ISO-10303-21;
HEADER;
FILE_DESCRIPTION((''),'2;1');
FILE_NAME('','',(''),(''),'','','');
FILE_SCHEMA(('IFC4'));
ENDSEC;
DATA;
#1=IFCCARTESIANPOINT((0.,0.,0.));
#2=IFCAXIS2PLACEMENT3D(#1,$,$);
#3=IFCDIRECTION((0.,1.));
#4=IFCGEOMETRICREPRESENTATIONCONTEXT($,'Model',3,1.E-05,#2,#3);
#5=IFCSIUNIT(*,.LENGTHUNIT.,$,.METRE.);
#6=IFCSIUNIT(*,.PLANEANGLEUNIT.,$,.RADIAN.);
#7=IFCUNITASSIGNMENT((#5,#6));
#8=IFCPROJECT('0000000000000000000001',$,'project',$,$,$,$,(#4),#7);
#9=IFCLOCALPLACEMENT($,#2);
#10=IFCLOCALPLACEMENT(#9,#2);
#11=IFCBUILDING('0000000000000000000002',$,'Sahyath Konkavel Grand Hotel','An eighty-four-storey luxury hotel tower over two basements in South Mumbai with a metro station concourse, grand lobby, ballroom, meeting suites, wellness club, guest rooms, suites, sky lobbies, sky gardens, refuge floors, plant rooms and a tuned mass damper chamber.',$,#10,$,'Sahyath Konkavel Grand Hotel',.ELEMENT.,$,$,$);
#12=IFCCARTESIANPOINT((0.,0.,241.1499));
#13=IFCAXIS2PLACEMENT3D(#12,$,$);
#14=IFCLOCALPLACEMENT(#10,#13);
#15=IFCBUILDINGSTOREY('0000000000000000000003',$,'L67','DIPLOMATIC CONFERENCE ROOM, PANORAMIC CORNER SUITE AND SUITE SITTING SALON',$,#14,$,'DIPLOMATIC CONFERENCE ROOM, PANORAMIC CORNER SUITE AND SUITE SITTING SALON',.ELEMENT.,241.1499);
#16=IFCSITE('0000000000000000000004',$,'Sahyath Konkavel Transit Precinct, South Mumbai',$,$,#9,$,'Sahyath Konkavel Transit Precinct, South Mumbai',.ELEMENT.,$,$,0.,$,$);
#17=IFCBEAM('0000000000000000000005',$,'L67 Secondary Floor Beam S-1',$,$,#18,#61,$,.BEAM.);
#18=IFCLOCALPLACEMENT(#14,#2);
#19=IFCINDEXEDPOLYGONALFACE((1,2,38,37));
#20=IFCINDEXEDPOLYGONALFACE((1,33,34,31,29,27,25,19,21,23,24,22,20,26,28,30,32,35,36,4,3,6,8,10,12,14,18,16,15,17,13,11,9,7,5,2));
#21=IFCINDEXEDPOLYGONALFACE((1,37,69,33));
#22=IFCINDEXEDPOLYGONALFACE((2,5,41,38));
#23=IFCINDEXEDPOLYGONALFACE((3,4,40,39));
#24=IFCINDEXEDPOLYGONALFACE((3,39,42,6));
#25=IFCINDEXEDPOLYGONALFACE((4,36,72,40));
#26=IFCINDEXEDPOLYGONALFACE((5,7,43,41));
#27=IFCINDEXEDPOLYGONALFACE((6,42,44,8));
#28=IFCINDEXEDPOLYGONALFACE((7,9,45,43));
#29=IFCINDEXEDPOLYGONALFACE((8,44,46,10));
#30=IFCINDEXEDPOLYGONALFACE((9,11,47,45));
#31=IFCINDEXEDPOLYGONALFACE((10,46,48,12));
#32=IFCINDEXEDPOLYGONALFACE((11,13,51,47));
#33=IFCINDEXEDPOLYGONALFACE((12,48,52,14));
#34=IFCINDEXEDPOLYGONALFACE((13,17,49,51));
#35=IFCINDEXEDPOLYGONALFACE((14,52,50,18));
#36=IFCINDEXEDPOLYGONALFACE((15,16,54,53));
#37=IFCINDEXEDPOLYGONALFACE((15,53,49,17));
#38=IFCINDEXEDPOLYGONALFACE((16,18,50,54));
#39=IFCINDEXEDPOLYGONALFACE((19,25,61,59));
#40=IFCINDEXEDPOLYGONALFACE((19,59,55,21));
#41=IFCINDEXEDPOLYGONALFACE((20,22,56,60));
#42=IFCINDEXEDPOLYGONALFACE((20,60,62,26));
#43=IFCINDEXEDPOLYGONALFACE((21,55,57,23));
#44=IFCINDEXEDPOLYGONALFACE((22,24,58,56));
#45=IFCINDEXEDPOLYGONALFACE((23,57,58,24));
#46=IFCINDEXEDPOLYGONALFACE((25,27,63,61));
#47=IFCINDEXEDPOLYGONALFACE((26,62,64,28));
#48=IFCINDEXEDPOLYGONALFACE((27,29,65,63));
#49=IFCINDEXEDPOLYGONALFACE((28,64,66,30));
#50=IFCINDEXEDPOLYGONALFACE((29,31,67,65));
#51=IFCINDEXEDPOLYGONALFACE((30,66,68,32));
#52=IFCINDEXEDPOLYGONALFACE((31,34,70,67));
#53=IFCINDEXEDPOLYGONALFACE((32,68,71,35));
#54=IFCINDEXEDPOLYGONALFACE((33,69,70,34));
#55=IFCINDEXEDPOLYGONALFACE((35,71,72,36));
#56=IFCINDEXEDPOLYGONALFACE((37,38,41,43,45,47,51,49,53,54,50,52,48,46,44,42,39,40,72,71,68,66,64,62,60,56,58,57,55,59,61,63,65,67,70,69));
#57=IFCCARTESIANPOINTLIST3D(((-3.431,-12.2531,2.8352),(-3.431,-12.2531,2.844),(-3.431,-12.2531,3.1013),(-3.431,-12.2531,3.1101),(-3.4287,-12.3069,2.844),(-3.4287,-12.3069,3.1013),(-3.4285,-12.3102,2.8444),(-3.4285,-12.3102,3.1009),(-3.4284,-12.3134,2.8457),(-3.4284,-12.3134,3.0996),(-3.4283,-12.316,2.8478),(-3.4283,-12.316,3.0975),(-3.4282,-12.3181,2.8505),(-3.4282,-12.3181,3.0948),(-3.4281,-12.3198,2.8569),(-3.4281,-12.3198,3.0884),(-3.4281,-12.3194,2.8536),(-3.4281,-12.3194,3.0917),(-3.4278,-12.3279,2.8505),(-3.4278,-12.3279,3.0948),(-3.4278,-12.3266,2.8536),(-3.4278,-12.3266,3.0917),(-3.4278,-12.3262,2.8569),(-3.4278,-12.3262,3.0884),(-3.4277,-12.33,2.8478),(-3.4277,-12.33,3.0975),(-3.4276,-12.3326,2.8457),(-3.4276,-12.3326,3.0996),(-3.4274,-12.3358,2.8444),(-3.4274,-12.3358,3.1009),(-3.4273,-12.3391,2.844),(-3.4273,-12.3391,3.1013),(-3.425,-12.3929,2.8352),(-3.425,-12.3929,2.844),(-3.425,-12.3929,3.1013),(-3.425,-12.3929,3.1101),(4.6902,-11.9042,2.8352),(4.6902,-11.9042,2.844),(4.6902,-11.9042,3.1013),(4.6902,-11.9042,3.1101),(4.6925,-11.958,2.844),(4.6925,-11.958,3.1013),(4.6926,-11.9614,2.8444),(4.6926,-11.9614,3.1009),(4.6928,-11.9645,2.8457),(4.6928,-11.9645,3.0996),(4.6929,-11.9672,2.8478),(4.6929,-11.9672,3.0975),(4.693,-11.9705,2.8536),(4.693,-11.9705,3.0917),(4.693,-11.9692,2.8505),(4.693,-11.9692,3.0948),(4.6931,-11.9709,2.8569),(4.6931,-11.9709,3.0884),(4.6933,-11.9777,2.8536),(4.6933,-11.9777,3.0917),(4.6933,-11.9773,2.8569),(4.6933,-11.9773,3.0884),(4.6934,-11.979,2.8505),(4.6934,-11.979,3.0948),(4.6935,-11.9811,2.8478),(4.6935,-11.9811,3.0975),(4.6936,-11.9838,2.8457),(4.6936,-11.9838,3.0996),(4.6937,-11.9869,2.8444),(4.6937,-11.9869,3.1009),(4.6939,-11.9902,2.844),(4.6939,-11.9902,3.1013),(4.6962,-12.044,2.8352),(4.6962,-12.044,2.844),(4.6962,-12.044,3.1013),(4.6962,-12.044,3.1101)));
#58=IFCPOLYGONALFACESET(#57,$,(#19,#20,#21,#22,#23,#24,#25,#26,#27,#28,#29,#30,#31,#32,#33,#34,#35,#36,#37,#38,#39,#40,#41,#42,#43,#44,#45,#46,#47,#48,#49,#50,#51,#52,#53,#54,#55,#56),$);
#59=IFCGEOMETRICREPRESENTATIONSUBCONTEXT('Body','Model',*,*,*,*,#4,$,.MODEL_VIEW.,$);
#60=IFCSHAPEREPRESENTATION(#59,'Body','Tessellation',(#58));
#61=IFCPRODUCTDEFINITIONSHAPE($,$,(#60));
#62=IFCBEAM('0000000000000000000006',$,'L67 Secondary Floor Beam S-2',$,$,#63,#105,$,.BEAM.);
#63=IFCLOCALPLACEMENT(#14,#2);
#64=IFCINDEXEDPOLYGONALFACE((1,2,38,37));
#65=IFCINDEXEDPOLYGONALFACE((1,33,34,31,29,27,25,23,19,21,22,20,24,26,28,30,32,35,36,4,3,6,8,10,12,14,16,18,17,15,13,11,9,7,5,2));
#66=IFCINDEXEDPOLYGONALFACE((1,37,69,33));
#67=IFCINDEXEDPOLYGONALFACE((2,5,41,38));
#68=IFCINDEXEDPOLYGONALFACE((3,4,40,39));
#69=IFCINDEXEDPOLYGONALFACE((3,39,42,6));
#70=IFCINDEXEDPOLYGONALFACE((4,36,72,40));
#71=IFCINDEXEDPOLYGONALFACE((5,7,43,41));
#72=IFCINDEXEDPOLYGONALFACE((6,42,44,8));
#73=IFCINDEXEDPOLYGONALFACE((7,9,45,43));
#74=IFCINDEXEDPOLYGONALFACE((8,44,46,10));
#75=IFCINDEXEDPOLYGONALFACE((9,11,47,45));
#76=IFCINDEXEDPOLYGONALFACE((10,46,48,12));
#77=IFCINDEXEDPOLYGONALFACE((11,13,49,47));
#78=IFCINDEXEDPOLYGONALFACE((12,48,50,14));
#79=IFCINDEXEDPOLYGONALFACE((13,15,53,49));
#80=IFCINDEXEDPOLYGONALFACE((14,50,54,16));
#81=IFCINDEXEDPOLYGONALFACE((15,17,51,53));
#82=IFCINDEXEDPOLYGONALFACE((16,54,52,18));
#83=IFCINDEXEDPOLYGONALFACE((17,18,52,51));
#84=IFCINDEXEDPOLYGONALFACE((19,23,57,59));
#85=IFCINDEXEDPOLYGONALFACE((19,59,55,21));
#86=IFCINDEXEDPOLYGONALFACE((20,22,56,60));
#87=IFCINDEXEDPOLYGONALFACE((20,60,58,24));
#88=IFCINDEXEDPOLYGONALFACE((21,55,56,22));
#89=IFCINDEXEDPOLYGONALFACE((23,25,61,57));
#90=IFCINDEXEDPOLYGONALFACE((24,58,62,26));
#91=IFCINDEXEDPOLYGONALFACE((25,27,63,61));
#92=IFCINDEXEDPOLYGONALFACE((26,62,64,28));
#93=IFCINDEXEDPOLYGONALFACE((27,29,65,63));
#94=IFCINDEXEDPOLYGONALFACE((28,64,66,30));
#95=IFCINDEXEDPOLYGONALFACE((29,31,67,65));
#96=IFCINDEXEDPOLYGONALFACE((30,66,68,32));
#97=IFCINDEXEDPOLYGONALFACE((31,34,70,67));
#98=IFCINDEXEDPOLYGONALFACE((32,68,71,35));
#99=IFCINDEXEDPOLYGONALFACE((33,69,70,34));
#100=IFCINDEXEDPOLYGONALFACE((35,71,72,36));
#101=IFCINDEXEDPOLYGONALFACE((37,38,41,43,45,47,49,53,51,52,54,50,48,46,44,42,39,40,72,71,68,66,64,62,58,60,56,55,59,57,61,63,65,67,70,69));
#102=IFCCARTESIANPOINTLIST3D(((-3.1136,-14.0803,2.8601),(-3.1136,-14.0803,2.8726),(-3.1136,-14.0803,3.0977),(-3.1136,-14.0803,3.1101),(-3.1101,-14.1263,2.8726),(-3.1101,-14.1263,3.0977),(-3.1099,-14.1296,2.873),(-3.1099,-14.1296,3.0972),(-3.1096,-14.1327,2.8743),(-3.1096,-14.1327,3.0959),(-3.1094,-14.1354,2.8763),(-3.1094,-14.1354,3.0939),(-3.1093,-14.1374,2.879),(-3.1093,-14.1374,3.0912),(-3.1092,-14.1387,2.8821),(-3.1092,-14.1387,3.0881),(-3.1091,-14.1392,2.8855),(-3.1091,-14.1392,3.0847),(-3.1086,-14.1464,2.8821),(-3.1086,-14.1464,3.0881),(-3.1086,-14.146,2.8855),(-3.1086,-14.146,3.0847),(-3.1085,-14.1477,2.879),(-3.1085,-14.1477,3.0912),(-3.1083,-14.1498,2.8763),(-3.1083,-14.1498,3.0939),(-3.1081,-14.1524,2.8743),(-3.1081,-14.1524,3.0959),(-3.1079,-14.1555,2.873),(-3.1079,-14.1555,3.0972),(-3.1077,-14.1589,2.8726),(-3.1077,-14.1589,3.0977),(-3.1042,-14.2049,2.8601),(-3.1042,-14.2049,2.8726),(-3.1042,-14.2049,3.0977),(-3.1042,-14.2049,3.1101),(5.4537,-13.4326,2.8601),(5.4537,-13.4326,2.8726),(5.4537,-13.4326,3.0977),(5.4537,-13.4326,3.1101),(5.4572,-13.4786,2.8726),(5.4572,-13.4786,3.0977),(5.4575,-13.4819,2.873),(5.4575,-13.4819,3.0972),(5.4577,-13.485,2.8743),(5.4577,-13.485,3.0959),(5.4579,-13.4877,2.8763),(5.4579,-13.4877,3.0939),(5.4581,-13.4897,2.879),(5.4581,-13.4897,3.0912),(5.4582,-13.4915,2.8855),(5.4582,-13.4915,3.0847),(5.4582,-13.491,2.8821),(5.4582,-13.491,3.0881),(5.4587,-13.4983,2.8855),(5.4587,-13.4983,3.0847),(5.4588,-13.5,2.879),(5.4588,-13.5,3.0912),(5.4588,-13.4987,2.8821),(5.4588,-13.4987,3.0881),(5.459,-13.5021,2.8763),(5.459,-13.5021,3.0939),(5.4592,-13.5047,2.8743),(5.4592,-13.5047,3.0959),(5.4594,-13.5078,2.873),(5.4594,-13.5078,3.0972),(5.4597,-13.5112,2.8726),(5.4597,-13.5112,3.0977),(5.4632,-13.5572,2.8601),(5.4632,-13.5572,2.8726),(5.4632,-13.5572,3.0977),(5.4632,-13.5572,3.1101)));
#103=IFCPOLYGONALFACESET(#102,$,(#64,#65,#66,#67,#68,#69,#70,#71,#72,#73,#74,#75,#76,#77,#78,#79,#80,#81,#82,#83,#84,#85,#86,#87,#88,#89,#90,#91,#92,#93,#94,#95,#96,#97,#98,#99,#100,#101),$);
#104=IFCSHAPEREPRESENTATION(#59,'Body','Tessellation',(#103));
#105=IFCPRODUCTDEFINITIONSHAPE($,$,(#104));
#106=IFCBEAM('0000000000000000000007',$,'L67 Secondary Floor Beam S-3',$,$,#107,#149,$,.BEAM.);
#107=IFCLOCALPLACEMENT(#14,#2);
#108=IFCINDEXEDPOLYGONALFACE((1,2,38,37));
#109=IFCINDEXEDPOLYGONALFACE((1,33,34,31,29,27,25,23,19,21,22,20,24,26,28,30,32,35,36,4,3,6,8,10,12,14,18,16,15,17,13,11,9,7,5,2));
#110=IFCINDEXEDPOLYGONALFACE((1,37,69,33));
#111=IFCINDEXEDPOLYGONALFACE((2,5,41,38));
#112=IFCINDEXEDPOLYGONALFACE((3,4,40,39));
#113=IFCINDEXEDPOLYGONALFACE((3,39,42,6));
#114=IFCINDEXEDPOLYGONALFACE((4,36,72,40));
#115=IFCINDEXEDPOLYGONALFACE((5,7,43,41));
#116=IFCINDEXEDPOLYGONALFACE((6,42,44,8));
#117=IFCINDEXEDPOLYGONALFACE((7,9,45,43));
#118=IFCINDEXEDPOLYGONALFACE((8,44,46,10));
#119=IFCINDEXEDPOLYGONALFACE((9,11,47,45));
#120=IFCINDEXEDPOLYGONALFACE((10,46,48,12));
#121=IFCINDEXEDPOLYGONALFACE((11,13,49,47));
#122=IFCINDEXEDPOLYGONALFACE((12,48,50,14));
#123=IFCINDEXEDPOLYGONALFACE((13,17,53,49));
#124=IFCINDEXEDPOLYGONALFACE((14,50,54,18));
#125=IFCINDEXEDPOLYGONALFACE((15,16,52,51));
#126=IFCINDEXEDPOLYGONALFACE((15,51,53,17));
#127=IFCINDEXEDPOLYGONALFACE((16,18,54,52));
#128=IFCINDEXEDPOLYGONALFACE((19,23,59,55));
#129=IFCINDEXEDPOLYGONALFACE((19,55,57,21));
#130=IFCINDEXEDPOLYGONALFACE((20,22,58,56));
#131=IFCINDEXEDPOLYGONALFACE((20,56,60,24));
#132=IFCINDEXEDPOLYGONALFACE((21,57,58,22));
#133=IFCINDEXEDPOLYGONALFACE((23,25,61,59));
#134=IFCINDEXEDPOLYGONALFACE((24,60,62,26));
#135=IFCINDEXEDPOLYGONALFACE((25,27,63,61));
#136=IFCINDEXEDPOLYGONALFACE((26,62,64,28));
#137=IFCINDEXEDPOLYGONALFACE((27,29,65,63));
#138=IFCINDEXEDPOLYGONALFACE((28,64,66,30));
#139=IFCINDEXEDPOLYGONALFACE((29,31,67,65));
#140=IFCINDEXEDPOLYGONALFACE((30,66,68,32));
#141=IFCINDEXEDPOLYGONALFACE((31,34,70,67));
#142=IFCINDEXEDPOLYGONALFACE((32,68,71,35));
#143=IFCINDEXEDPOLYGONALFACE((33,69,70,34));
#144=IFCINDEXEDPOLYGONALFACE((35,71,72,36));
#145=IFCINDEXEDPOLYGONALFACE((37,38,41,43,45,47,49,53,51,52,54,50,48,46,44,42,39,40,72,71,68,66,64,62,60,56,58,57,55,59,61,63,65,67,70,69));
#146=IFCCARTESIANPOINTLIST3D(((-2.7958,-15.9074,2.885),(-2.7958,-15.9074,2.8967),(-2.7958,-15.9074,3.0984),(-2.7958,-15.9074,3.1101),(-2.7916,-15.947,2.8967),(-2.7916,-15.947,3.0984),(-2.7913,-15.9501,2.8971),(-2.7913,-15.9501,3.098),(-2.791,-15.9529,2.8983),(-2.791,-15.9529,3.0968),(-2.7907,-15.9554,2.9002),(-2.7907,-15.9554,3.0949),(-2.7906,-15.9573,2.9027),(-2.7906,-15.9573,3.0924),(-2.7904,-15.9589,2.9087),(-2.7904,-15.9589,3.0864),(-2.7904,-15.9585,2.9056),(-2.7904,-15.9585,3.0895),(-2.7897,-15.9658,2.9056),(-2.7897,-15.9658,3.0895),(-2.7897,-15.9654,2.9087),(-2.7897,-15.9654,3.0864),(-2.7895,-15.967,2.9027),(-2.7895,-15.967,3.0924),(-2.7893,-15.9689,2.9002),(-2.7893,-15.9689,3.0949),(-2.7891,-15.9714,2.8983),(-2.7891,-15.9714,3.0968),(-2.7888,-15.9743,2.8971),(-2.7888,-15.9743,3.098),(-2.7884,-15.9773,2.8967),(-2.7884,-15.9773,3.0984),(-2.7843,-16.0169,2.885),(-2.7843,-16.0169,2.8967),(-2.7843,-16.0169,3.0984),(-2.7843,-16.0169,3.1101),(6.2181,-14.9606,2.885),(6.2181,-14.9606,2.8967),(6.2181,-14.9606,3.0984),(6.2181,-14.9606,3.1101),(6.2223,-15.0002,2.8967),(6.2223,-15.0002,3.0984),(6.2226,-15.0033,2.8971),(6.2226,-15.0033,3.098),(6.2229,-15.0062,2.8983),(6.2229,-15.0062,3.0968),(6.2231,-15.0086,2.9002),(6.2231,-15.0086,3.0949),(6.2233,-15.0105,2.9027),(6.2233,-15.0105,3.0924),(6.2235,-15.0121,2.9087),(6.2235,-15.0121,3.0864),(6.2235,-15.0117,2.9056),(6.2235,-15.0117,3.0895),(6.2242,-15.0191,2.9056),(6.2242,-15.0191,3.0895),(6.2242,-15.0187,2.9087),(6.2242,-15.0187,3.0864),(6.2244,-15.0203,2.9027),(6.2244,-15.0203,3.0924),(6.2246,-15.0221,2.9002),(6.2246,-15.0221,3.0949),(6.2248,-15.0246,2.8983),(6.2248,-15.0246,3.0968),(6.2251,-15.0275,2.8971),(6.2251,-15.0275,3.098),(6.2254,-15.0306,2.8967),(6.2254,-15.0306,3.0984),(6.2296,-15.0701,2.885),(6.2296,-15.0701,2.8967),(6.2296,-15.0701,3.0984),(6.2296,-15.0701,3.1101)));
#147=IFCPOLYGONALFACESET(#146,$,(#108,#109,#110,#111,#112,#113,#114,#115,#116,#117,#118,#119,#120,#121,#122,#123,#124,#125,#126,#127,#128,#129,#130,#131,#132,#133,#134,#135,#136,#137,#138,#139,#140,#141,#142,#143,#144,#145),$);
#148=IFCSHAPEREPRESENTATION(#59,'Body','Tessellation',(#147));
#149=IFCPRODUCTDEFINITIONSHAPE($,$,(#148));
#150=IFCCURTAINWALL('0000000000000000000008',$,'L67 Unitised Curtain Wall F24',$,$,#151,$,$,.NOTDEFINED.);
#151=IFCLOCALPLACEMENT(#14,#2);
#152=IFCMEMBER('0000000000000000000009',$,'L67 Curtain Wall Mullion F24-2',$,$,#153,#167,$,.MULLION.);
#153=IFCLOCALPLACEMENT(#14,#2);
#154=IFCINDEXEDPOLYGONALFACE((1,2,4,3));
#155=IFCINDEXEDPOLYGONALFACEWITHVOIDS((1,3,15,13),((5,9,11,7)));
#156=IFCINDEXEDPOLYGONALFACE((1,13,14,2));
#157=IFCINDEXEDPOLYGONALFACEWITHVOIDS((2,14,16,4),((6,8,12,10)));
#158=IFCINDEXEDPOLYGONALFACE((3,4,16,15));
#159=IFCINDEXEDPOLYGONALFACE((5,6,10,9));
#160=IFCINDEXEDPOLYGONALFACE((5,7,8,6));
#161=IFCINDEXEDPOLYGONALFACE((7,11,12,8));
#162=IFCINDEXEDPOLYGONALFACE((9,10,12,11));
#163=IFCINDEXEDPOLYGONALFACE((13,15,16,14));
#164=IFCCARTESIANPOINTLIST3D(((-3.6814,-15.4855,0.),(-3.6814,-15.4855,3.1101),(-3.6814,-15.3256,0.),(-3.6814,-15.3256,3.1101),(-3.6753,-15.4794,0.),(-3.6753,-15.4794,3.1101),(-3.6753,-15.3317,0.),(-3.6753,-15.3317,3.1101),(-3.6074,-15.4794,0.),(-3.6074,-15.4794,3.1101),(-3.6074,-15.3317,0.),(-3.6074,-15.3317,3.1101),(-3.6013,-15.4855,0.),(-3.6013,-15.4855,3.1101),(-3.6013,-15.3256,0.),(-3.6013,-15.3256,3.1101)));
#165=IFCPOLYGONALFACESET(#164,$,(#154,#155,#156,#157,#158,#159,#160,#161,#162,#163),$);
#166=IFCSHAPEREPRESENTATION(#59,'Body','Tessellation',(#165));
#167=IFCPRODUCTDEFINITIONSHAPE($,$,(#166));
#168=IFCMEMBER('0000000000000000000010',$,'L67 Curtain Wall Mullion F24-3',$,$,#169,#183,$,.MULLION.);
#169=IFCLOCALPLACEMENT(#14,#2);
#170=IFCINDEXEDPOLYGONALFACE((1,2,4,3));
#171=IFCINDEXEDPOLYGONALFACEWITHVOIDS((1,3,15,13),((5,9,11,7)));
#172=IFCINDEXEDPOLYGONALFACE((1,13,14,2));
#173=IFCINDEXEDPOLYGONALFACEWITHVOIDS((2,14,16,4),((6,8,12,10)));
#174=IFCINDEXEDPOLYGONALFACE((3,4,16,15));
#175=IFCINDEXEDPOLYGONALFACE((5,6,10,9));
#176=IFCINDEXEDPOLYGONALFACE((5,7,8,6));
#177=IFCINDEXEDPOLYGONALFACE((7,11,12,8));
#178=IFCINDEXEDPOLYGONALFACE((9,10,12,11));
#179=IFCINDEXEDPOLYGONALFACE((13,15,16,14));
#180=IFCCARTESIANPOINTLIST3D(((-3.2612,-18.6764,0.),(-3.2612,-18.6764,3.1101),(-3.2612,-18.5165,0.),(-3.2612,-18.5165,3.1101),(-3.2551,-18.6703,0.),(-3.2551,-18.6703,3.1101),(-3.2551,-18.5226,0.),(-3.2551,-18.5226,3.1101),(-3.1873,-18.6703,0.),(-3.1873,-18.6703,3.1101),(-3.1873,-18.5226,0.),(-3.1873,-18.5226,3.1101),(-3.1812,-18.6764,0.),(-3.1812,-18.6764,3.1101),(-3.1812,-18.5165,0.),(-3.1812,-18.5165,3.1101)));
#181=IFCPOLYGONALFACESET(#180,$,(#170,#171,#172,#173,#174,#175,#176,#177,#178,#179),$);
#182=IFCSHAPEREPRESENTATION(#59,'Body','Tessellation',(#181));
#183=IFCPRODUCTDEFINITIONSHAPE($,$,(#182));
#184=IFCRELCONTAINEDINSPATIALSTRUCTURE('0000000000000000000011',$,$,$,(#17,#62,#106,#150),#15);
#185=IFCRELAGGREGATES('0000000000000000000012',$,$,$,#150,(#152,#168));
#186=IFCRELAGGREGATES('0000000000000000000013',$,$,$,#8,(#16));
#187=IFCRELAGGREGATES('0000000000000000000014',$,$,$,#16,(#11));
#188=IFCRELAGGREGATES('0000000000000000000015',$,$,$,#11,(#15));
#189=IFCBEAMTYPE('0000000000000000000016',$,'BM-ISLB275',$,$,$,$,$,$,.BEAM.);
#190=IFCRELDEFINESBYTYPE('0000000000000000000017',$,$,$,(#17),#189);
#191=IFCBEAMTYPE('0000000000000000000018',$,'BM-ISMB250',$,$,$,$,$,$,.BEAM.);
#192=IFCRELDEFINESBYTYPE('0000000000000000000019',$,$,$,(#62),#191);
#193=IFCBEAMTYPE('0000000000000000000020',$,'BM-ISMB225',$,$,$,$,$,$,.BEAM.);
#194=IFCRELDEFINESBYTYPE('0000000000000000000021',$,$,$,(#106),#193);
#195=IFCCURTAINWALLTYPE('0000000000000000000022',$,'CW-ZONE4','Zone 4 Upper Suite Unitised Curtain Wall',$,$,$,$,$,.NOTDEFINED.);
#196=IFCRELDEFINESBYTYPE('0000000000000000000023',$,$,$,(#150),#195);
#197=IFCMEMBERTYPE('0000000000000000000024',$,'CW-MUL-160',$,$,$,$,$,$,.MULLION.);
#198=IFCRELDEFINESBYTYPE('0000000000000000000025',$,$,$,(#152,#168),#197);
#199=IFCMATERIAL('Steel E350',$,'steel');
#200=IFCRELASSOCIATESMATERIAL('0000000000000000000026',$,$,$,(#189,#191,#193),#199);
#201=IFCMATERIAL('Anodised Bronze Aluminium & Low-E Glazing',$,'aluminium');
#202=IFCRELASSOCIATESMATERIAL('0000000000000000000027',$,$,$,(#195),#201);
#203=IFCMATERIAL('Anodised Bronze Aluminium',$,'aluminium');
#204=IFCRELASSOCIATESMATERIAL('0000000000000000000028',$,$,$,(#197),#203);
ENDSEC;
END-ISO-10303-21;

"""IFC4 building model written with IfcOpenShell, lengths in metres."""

from ifc_helpers import new_model, si_unit, direction, frame, origin, origin_2d, place, context, subcontext, project, spatial, hollow_rectangle, i_section, extrude, source, transform, mapped, material, material_profile, profile_set, type_object, element, aggregate, save


model = new_model("IFC4")

# Units and contexts
model_context = context("Model", 3, precision=1e-05, world=origin(), true_north=direction((0.0, 1.0)))
body_context = subcontext(model_context, "Body", "Model", "MODEL_VIEW")
ifc_project = project(units=[si_unit("LENGTHUNIT", "METRE"), si_unit("PLANEANGLEUNIT", "RADIAN")], contexts=[model_context])

# Site, building, storey
site_placement = place(None, origin())
site = spatial("IfcSite", under=ifc_project, at=site_placement, Name="Sahyath Konkavel Transit Precinct, South Mumbai", LongName="Sahyath Konkavel Transit Precinct, South Mumbai", CompositionType="ELEMENT", RefElevation=0.0)
building_placement = place(site_placement, origin())
building = spatial("IfcBuilding", under=site, at=building_placement, Name="Sahyath Konkavel Grand Hotel", Description="An eighty-four-storey luxury hotel tower over two basements in South Mumbai with a metro station concourse, grand lobby, ballroom, meeting suites, wellness club, guest rooms, suites, sky lobbies, sky gardens, refuge floors, plant rooms and a tuned mass damper chamber.", LongName="Sahyath Konkavel Grand Hotel", CompositionType="ELEMENT")
storey_placement = place(building_placement, frame((0.0, 0.0, 241.1499)))
storey = spatial("IfcBuildingStorey", under=building, at=storey_placement, Name="L67", Description="DIPLOMATIC CONFERENCE ROOM, PANORAMIC CORNER SUITE AND SUITE SITTING SALON", LongName="DIPLOMATIC CONFERENCE ROOM, PANORAMIC CORNER SUITE AND SUITE SITTING SALON", CompositionType="ELEMENT", Elevation=241.1499)

# Beams
ifc_material_1 = material(Name="Steel E350", Category="steel")
ifc_material_profile_1 = material_profile(ifc_material_1, i_section(OverallWidth=0.1399, OverallDepth=0.2749, WebThickness=0.0063, FlangeThickness=0.0088, FilletRadius=0.0129, at=origin_2d()), Name="ISLB 275")
ifc_profile_set_1 = profile_set([ifc_material_profile_1], Name="Steel E350")
beam_type_1 = type_object("IfcBeamType", Name="BM-ISLB275", PredefinedType="BEAM", material=ifc_profile_set_1)
shared_shape_1 = source(origin(), body_context, "Body", "SweptSolid", [
    extrude(i_section(OverallWidth=0.1399, OverallDepth=0.2749, WebThickness=0.0063, FlangeThickness=0.0088, FilletRadius=0.0129, at=origin_2d()), origin(), (0.0, 0.0, 1.0), 8.1287),
])
beam_1_placement = place(storey_placement, frame((-3.428, -12.323, 2.9727), z_axis=(0.999079, 0.04292, 0.0), x_axis=(-0.04292, 0.999079, 0.0)))
element("IfcBeam", 1, at=beam_1_placement, inside=storey, type_object=beam_type_1, Name="L67 Secondary Floor Beam S-1", PredefinedType="BEAM", context=body_context, shape_type="MappedRepresentation", body=[
    mapped(shared_shape_1, transform((0.0, 0.0, 0.0), scale=1.0)),
])
ifc_material_profile_2 = material_profile(ifc_material_1, i_section(OverallWidth=0.125, OverallDepth=0.25, WebThickness=0.0068, FlangeThickness=0.0125, FilletRadius=0.0129, at=origin_2d()), Name="ISMB 250")
ifc_profile_set_2 = profile_set([ifc_material_profile_2], Name="Steel E350")
beam_type_2 = type_object("IfcBeamType", Name="BM-ISMB250", PredefinedType="BEAM", material=ifc_profile_set_2)
shared_shape_2 = source(origin(), body_context, "Body", "SweptSolid", [
    extrude(i_section(OverallWidth=0.125, OverallDepth=0.25, WebThickness=0.0068, FlangeThickness=0.0125, FilletRadius=0.0129, at=origin_2d()), origin(), (0.0, 0.0, 1.0), 8.5918),
])
beam_2_placement = place(storey_placement, frame((-3.1089, -14.1426, 2.9851), z_axis=(0.997154, 0.075386, 0.0), x_axis=(-0.075386, 0.997154, 0.0)))
element("IfcBeam", 2, at=beam_2_placement, inside=storey, type_object=beam_type_2, Name="L67 Secondary Floor Beam S-2", PredefinedType="BEAM", context=body_context, shape_type="MappedRepresentation", body=[
    mapped(shared_shape_2, transform((0.0, 0.0, 0.0), scale=1.0)),
])
ifc_material_profile_3 = material_profile(ifc_material_1, i_section(OverallWidth=0.1101, OverallDepth=0.2251, WebThickness=0.0066, FlangeThickness=0.0117, FilletRadius=0.012, at=origin_2d()), Name="ISMB 225")
ifc_profile_set_3 = profile_set([ifc_material_profile_3], Name="Steel E350")
beam_type_3 = type_object("IfcBeamType", Name="BM-ISMB225", PredefinedType="BEAM", material=ifc_profile_set_3)
shared_shape_3 = source(origin(), body_context, "Body", "SweptSolid", [
    extrude(i_section(OverallWidth=0.1101, OverallDepth=0.2251, WebThickness=0.0066, FlangeThickness=0.0117, FilletRadius=0.012, at=origin_2d()), origin(), (0.0, 0.0, 1.0), 9.0635),
])
beam_3_placement = place(storey_placement, frame((-2.79, -15.9622, 2.9976), z_axis=(0.994529, 0.10446, 0.0), x_axis=(-0.10446, 0.994529, 0.0)))
element("IfcBeam", 3, at=beam_3_placement, inside=storey, type_object=beam_type_3, Name="L67 Secondary Floor Beam S-3", PredefinedType="BEAM", context=body_context, shape_type="MappedRepresentation", body=[
    mapped(shared_shape_3, transform((0.0, 0.0, 0.0), scale=1.0)),
])

# Curtain wall, members
ifc_material_2 = material(Name="Anodised Bronze Aluminium & Low-E Glazing", Category="aluminium")
curtain_wall_type = type_object("IfcCurtainWallType", Name="CW-ZONE4", Description="Zone 4 Upper Suite Unitised Curtain Wall", PredefinedType="NOTDEFINED", material=ifc_material_2)
curtain_wall_1_placement = place(storey_placement, origin())
curtain_wall_1 = element("IfcCurtainWall", 4, at=curtain_wall_1_placement, inside=storey, type_object=curtain_wall_type, Name="L67 Unitised Curtain Wall F24", PredefinedType="NOTDEFINED")
ifc_material_3 = material(Name="Anodised Bronze Aluminium", Category="aluminium")
ifc_material_profile_4 = material_profile(ifc_material_3, hollow_rectangle(XDim=0.0801, YDim=0.1599, WallThickness=0.0061, at=origin_2d()), Name="RHS 160x80x6")
ifc_profile_set_4 = profile_set([ifc_material_profile_4], Name="Anodised Bronze Aluminium")
member_type_1 = type_object("IfcMemberType", Name="CW-MUL-160", PredefinedType="MULLION", material=ifc_profile_set_4)
shared_shape_4 = source(origin(), body_context, "Body", "SweptSolid", [
    extrude(hollow_rectangle(XDim=0.0801, YDim=0.1599, WallThickness=0.0061, at=origin_2d()), origin(), (0.0, 0.0, 1.0), 3.1101),
])
member_1_placement = place(storey_placement, frame((-3.6414, -15.4055, 0.0), z_axis=(0.0, 0.0, 1.0), x_axis=(1.0, 0.0, 0.0)))
member_1 = element("IfcMember", 5, at=member_1_placement, type_object=member_type_1, Name="L67 Curtain Wall Mullion F24-2", PredefinedType="MULLION", context=body_context, shape_type="MappedRepresentation", body=[
    mapped(shared_shape_4, transform((0.0, 0.0, 0.0), scale=1.0)),
])
member_2_placement = place(storey_placement, frame((-3.2212, -18.5964, 0.0), z_axis=(0.0, 0.0, 1.0), x_axis=(1.0, 0.0, 0.0)))
member_2 = element("IfcMember", 6, at=member_2_placement, type_object=member_type_1, Name="L67 Curtain Wall Mullion F24-3", PredefinedType="MULLION", context=body_context, shape_type="MappedRepresentation", body=[
    mapped(shared_shape_4, transform((0.0, 0.0, 0.0), scale=1.0)),
])

aggregate(curtain_wall_1, [member_1, member_2])

save(model, "model.ifc")
